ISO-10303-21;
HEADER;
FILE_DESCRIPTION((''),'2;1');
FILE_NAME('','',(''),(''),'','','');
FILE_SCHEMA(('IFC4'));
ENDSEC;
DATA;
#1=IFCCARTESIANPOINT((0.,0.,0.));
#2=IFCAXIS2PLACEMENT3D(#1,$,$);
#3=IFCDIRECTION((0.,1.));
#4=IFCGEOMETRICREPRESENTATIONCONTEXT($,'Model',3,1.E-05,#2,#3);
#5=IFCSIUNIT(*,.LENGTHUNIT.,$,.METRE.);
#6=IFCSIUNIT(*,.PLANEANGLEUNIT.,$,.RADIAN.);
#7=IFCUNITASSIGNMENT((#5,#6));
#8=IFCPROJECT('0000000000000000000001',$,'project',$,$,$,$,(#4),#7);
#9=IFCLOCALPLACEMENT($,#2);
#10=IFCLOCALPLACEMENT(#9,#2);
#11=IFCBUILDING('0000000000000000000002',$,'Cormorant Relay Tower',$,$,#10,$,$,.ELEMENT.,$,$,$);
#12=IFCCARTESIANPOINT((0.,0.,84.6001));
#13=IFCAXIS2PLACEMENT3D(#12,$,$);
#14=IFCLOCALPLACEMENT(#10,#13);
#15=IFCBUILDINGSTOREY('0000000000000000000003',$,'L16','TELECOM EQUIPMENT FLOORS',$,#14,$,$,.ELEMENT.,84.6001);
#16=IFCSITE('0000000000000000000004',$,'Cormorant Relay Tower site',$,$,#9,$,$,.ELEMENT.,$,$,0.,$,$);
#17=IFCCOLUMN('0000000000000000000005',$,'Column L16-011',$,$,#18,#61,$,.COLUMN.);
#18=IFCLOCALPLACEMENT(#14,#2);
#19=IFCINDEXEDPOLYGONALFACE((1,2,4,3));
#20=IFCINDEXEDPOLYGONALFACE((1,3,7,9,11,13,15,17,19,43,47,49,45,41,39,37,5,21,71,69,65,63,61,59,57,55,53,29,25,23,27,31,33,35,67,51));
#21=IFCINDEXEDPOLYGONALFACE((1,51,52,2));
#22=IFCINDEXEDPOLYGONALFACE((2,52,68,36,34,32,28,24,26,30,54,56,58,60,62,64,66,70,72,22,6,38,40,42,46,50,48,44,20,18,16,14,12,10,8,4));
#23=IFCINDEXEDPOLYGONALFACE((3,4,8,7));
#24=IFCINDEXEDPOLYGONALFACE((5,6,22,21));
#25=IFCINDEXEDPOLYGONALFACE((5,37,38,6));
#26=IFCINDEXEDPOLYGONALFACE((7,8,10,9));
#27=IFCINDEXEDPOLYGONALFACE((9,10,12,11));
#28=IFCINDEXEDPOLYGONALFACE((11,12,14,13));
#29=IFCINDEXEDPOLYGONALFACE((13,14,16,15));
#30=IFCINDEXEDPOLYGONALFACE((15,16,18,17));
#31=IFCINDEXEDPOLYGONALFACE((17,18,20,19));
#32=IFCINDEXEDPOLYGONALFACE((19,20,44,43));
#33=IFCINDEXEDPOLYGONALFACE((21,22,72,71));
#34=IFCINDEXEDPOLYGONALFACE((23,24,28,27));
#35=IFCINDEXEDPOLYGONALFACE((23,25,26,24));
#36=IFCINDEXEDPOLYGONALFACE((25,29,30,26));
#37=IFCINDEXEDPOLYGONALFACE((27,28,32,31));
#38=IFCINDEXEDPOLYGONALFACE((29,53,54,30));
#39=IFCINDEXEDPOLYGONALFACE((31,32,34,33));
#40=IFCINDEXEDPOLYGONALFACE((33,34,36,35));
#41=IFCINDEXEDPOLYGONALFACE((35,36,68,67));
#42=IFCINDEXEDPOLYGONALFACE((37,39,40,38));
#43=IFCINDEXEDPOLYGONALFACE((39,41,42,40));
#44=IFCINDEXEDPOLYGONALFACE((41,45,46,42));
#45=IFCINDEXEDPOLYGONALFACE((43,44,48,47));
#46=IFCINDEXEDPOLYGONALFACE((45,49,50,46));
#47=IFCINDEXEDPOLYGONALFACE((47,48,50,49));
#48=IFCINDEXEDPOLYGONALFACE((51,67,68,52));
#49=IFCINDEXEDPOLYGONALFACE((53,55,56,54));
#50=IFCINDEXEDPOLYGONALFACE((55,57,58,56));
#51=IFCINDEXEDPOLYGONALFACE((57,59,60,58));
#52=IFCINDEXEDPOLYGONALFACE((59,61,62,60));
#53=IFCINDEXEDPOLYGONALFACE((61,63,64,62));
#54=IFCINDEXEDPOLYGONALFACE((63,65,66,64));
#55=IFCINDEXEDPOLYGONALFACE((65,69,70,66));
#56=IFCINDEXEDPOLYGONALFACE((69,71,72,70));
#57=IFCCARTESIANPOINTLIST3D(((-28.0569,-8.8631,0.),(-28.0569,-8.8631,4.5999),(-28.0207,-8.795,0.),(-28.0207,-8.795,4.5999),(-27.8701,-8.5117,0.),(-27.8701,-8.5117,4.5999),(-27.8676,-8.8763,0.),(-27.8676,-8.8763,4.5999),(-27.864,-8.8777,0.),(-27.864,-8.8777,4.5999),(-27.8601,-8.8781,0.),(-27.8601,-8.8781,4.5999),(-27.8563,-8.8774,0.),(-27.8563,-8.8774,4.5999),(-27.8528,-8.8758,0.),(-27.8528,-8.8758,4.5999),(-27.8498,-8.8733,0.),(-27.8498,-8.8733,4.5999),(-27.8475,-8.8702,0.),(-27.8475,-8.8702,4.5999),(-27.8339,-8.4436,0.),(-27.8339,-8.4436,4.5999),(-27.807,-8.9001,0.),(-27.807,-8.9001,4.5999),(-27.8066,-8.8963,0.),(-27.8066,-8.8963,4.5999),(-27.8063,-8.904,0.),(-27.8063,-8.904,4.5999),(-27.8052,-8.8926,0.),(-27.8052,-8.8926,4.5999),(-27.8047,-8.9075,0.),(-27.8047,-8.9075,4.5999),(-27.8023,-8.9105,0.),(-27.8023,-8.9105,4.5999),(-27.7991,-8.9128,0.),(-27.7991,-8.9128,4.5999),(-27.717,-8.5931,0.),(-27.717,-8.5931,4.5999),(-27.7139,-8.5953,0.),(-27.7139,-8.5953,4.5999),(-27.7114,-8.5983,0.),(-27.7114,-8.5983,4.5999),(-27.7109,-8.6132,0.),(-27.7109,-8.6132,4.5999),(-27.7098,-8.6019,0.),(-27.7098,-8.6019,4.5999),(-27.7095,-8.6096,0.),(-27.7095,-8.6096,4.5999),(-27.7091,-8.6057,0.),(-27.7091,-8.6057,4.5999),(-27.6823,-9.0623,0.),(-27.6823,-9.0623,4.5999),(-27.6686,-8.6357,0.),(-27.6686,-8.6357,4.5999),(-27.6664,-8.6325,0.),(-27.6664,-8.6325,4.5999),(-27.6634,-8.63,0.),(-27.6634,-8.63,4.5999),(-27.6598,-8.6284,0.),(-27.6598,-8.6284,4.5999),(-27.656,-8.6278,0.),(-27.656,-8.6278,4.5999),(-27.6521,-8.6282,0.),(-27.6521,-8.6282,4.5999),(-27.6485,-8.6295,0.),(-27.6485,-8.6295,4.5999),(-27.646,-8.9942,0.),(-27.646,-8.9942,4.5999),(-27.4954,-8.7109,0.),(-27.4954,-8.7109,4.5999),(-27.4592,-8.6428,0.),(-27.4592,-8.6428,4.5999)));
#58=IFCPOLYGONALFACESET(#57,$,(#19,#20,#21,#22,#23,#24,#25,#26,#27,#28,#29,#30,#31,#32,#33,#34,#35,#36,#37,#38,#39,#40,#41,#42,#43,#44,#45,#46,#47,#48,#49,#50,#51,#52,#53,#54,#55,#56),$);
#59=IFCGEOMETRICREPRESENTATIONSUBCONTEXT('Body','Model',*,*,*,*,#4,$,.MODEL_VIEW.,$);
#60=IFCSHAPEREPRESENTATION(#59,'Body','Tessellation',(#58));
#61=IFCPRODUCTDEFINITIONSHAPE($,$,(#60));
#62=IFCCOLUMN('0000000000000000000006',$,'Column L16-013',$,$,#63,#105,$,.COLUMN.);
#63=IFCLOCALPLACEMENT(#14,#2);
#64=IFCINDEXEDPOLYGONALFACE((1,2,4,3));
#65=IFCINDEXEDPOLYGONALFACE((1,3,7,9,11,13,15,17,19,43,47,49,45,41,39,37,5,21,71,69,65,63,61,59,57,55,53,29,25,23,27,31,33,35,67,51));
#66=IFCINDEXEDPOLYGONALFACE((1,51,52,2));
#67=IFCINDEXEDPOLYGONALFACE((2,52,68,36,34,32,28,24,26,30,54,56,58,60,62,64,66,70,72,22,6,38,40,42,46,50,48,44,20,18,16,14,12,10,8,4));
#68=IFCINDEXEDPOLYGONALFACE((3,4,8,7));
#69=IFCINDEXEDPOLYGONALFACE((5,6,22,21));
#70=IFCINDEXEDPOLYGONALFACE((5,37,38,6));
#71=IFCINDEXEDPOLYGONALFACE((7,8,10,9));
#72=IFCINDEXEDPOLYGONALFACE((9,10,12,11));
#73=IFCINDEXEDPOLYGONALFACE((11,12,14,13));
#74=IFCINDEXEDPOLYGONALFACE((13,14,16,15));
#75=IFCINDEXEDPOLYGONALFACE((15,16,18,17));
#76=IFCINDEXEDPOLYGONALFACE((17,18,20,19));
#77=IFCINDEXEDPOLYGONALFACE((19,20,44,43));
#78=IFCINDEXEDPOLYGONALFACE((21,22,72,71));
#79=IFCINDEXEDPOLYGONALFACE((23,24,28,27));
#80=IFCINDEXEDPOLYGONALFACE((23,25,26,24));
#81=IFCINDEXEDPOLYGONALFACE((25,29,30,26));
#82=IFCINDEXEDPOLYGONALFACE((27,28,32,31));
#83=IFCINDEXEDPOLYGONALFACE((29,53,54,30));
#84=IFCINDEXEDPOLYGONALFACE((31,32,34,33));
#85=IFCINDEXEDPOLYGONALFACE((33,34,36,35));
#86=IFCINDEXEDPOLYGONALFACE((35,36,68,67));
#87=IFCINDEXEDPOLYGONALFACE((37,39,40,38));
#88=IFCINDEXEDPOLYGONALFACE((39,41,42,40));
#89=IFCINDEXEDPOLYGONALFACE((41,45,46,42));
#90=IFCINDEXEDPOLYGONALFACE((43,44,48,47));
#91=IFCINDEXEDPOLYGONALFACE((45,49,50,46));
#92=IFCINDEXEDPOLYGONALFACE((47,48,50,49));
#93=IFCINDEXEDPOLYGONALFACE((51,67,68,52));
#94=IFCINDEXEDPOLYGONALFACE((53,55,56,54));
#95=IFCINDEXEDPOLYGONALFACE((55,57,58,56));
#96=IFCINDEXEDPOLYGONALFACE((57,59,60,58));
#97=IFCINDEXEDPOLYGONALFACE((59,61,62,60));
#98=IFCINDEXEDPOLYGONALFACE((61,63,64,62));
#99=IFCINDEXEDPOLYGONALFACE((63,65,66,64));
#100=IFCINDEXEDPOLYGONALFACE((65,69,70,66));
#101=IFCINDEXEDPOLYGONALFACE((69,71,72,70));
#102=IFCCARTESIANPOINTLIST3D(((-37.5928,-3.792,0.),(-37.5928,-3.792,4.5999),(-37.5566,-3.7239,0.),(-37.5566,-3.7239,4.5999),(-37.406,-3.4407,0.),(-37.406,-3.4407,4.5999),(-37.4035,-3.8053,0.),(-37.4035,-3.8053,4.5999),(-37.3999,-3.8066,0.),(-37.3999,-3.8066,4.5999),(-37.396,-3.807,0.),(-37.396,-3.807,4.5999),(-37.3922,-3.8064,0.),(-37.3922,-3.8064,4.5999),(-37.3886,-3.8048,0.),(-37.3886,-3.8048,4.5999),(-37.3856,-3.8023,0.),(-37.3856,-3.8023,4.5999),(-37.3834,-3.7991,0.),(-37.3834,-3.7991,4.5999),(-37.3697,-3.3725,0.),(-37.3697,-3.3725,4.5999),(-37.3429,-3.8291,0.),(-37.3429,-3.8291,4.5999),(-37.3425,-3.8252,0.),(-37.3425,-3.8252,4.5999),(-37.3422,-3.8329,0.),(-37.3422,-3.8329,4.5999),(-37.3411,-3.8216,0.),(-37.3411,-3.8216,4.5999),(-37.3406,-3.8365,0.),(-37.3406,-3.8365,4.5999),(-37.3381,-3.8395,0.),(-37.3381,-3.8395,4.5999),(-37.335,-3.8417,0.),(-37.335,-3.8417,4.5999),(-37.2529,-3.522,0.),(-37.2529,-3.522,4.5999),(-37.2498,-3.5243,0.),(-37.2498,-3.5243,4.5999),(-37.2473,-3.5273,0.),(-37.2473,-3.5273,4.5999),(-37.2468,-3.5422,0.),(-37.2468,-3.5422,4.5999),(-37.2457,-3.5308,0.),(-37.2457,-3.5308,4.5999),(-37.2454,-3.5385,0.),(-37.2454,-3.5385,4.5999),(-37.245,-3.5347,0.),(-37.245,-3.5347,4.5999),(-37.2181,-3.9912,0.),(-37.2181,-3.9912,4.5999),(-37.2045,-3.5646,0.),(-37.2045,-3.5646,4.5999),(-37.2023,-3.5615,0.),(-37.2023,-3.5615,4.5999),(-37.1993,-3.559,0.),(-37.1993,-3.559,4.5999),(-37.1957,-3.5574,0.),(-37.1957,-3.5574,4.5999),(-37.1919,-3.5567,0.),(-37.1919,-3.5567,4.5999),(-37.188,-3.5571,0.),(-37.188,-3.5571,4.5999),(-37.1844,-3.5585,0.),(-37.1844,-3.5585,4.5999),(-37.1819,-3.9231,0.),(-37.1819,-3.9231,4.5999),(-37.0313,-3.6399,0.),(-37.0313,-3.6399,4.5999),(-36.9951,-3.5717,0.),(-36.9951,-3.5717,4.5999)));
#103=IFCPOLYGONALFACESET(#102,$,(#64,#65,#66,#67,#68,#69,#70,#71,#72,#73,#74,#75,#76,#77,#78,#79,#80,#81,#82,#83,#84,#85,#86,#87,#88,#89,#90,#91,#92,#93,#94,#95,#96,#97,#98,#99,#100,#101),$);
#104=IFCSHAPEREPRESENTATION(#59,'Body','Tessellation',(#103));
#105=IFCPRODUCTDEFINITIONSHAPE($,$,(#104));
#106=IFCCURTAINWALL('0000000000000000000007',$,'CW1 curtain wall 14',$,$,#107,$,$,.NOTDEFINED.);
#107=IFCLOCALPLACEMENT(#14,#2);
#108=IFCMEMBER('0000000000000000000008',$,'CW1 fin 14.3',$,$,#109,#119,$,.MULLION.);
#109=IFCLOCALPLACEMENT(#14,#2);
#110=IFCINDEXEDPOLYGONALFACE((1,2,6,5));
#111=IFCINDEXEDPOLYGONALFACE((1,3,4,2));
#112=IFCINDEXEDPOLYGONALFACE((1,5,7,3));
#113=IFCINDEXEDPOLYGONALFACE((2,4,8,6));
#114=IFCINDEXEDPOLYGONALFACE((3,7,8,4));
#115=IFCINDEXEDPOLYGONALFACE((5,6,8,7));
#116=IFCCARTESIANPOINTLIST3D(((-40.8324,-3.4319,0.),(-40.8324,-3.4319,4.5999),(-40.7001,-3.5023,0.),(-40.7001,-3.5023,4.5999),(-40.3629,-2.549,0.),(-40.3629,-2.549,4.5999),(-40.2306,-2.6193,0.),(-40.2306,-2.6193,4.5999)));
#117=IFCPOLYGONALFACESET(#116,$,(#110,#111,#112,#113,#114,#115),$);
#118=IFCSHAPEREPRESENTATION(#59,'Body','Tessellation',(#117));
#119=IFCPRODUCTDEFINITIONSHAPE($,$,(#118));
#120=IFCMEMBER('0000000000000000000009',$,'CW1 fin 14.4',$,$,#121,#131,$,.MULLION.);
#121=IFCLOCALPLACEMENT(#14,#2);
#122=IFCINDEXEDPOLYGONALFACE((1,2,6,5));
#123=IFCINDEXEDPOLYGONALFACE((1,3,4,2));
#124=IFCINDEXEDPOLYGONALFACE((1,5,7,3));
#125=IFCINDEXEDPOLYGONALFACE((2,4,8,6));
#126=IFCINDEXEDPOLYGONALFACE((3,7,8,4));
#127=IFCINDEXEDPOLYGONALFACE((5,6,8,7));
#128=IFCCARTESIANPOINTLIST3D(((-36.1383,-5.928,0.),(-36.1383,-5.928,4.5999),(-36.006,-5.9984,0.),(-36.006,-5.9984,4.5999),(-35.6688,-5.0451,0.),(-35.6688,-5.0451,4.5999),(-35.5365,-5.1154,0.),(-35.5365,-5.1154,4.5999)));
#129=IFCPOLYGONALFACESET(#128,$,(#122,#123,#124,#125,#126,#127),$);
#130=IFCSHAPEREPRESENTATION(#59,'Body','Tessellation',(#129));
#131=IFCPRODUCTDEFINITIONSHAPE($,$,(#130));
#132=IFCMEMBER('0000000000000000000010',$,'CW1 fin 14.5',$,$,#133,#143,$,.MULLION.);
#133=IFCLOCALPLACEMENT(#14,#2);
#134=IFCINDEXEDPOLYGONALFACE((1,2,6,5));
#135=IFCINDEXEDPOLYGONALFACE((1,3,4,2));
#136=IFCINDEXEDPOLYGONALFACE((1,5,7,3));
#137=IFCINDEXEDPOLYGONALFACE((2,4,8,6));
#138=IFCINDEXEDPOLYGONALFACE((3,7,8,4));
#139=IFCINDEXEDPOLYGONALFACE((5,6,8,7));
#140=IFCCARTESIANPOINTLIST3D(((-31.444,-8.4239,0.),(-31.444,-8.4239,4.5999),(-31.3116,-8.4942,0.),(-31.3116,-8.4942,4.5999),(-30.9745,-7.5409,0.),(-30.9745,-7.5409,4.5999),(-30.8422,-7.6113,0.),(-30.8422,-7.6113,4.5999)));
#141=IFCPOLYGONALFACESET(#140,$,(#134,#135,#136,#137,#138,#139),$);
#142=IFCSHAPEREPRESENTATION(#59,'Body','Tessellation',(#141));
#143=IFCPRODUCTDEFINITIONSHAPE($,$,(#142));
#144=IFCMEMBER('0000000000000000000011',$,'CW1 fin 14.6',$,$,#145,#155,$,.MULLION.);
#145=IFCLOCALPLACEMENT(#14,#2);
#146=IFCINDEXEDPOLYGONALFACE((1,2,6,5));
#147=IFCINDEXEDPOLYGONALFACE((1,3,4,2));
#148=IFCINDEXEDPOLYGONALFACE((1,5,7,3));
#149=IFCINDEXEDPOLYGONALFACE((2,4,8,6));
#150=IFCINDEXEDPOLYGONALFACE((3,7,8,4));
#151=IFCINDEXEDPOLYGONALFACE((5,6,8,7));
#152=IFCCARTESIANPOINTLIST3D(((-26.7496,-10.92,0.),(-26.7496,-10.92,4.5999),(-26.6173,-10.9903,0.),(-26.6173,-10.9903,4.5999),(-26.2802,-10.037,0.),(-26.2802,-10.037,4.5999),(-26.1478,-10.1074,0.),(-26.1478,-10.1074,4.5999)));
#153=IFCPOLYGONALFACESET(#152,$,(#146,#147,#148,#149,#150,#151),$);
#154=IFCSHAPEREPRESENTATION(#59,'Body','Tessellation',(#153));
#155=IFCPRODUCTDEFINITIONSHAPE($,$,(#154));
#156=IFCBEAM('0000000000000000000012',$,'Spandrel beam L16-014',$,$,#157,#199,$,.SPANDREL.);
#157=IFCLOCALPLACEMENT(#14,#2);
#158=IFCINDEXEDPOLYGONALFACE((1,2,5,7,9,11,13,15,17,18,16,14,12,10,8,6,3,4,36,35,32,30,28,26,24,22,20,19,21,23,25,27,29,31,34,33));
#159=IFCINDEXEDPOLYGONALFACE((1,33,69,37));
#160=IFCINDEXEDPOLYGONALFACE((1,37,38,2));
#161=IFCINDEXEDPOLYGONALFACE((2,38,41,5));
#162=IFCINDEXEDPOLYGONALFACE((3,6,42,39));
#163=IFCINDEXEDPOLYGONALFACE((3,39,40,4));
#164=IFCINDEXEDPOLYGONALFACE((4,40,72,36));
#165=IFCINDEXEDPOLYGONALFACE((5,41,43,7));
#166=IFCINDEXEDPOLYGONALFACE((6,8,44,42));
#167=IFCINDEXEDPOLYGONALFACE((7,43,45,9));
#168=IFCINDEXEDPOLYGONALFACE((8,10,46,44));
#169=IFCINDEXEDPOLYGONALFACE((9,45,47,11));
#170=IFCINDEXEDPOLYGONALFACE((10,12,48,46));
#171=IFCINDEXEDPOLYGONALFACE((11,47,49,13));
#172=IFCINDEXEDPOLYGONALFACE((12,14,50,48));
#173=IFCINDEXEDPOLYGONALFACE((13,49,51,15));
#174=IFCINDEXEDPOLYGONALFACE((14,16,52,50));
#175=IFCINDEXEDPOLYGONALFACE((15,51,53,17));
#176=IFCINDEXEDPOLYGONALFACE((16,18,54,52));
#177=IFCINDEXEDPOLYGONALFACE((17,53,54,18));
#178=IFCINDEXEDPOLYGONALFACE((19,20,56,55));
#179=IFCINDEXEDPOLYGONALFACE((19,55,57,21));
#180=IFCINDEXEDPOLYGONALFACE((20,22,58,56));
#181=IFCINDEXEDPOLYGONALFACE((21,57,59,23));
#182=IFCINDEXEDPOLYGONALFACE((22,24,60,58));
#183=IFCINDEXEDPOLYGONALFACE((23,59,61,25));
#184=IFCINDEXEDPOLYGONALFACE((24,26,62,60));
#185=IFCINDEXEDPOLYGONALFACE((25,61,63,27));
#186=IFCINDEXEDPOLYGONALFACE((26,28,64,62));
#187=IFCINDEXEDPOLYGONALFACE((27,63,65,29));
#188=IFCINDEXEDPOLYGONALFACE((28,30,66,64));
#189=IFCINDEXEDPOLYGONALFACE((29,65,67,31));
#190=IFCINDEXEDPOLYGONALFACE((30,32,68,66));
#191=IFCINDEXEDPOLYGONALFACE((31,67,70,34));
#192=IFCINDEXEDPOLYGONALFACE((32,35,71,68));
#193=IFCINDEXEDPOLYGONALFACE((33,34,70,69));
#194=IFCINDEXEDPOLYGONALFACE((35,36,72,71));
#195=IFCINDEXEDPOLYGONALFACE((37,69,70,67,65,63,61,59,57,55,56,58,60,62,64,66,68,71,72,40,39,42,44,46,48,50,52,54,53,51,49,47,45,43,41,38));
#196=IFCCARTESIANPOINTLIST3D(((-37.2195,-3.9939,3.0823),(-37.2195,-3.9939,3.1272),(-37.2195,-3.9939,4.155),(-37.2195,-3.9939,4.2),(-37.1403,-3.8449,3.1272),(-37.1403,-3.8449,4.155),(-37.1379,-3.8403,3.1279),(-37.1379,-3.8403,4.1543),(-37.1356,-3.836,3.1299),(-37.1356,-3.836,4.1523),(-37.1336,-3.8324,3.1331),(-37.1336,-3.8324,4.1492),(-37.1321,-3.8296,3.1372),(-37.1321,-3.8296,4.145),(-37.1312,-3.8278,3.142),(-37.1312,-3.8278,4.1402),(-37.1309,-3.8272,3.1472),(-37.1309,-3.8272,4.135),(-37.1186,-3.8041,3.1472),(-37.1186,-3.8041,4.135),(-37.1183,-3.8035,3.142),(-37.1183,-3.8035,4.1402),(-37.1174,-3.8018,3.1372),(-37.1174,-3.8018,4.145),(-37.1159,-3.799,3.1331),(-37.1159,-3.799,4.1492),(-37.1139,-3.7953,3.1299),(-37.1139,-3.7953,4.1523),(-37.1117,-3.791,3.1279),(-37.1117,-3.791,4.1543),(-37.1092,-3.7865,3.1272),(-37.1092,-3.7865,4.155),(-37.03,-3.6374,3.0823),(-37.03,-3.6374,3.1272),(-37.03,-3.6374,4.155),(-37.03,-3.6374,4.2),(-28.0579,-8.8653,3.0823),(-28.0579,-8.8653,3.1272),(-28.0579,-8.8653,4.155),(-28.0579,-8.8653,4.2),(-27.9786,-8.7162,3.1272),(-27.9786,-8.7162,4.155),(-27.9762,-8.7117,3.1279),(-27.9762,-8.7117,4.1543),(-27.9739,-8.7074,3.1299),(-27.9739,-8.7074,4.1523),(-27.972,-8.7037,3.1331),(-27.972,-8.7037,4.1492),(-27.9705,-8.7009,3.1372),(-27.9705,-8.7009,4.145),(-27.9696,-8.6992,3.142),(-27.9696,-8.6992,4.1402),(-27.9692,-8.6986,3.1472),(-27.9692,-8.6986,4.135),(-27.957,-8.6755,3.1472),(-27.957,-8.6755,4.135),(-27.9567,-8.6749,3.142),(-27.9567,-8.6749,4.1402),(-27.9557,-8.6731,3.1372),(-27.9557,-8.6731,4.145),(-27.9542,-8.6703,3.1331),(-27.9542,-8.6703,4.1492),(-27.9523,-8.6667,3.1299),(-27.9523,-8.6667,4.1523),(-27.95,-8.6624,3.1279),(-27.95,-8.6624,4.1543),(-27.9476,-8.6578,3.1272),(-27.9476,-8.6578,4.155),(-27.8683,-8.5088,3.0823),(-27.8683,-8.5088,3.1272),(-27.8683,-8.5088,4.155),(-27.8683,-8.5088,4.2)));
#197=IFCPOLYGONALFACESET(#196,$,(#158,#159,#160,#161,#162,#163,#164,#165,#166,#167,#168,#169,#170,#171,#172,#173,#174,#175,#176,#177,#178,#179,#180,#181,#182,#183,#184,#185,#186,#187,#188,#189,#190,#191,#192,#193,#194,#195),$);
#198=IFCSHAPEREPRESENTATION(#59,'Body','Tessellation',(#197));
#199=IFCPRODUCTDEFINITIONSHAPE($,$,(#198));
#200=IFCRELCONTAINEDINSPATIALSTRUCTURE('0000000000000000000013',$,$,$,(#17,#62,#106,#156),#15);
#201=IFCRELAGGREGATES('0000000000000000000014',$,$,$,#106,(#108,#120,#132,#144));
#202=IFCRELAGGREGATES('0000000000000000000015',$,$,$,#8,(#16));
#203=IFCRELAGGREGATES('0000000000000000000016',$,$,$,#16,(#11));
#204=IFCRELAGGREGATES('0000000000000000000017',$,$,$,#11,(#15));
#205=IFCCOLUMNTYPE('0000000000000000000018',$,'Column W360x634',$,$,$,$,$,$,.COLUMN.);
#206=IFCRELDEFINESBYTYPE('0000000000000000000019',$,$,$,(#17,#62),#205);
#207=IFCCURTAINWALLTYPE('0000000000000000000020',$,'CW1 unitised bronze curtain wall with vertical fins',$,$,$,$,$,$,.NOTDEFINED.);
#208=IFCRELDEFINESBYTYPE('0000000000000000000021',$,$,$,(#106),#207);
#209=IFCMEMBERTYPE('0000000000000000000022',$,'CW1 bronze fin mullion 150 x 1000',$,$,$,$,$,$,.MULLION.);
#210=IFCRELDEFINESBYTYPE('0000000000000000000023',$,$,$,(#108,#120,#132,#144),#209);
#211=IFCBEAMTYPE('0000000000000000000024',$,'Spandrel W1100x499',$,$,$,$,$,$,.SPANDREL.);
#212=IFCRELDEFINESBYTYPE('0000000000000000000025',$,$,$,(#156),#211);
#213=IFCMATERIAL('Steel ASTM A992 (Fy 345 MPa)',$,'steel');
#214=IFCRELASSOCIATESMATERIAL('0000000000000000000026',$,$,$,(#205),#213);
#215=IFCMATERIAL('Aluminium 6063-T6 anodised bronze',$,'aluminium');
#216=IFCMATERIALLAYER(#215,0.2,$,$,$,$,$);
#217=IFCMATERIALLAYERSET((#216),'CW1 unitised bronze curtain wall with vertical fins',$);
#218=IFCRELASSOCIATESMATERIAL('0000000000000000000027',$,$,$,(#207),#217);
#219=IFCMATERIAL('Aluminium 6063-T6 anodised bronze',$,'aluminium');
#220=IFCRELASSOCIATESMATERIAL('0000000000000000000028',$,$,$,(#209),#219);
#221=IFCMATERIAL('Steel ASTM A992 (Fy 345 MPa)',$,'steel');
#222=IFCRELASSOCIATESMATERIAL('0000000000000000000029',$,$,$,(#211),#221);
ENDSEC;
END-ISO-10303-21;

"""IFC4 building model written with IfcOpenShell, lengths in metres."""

from ifc_helpers import new_model, si_unit, direction, frame, origin, origin_2d, place, context, subcontext, project, spatial, rectangle, i_section, extrude, material, layer, layer_set, material_profile, profile_set, type_object, element, aggregate, save


model = new_model("IFC4")

# Units and contexts
model_context = context("Model", 3, precision=1e-05, world=origin(), true_north=direction((0.0, 1.0)))
body_context = subcontext(model_context, "Body", "Model", "MODEL_VIEW")
ifc_project = project(units=[si_unit("LENGTHUNIT", "METRE"), si_unit("PLANEANGLEUNIT", "RADIAN")], contexts=[model_context])

# Site, building, storey
site_placement = place(None, origin())
site = spatial("IfcSite", under=ifc_project, at=site_placement, Name="Cormorant Relay Tower site", CompositionType="ELEMENT", RefElevation=0.0)
building_placement = place(site_placement, origin())
building = spatial("IfcBuilding", under=site, at=building_placement, Name="Cormorant Relay Tower", CompositionType="ELEMENT")
storey_placement = place(building_placement, frame((0.0, 0.0, 84.6001)))
storey = spatial("IfcBuildingStorey", under=building, at=storey_placement, Name="L16", Description="TELECOM EQUIPMENT FLOORS", CompositionType="ELEMENT", Elevation=84.6001)

# Columns
ifc_material_1 = material(Name="Steel ASTM A992 (Fy 345 MPa)", Category="steel")
ifc_material_profile_1 = material_profile(ifc_material_1, i_section(OverallWidth=0.4243, OverallDepth=0.4751, WebThickness=0.0479, FlangeThickness=0.0771, FilletRadius=0.0149, at=origin_2d()), Name="W360x634")
ifc_profile_set_1 = profile_set([ifc_material_profile_1], Name="Steel ASTM A992 (Fy 345 MPa)")
column_type = type_object("IfcColumnType", Name="Column W360x634", PredefinedType="COLUMN", material=ifc_profile_set_1)
for number, where, z_axis, x_axis, name in (
    (1, (-27.7581, -8.7529, 0.0), (0.0, 0.0, 1.0), (0.882948, -0.469472, 0.0), "Column L16-011"),
    (2, (-37.2939, -3.6819, 0.0), (0.0, 0.0, 1.0), (0.882948, -0.469472, 0.0), "Column L16-013"),
):
    element("IfcColumn", number, at=place(storey_placement, frame(where, z_axis=z_axis, x_axis=x_axis)), inside=storey, type_object=column_type, Name=name, PredefinedType="COLUMN", context=body_context, shape_type="SweptSolid", body=[
        extrude(i_section(OverallWidth=0.4243, OverallDepth=0.4751, WebThickness=0.0479, FlangeThickness=0.0771, FilletRadius=0.0149, at=origin_2d()), origin(), (0.0, 0.0, 1.0), 4.5999),
    ])

# Curtain wall, members
ifc_material_2 = material(Name="Aluminium 6063-T6 anodised bronze", Category="aluminium")
ifc_layer_1 = layer(ifc_material_2, 0.2)
ifc_layer_set_1 = layer_set([ifc_layer_1], Name="CW1 unitised bronze curtain wall with vertical fins")
curtain_wall_type = type_object("IfcCurtainWallType", Name="CW1 unitised bronze curtain wall with vertical fins", PredefinedType="NOTDEFINED", material=ifc_layer_set_1)
curtain_wall_placement = place(storey_placement, origin())
curtain_wall = element("IfcCurtainWall", 3, at=curtain_wall_placement, inside=storey, type_object=curtain_wall_type, Name="CW1 curtain wall 14", PredefinedType="NOTDEFINED")
ifc_material_3 = material(Name="Aluminium 6063-T6 anodised bronze", Category="aluminium")
ifc_material_profile_2 = material_profile(ifc_material_3, rectangle(XDim=0.1499, YDim=1.0, at=origin_2d()), Name="AL 150x1000")
ifc_profile_set_2 = profile_set([ifc_material_profile_2], Name="Aluminium 6063-T6 anodised bronze")
member_type = type_object("IfcMemberType", Name="CW1 bronze fin mullion 150 x 1000", PredefinedType="MULLION", material=ifc_profile_set_2)
member_1_placement = place(storey_placement, frame((-40.5315, -3.0256, 0.0), z_axis=(0.0, 0.0, 1.0), x_axis=(0.882948, -0.469472, 0.0)))
member_1 = element("IfcMember", 4, at=member_1_placement, type_object=member_type, Name="CW1 fin 14.3", PredefinedType="MULLION", context=body_context, shape_type="SweptSolid", body=[
    extrude(rectangle(XDim=0.1499, YDim=1.0, at=origin_2d()), origin(), (0.0, 0.0, 1.0), 4.5999),
])
member_2_placement = place(storey_placement, frame((-35.8374, -5.5217, 0.0), z_axis=(0.0, 0.0, 1.0), x_axis=(0.882948, -0.469472, 0.0)))
member_2 = element("IfcMember", 5, at=member_2_placement, type_object=member_type, Name="CW1 fin 14.4", PredefinedType="MULLION", context=body_context, shape_type="SweptSolid", body=[
    extrude(rectangle(XDim=0.1499, YDim=1.0, at=origin_2d()), origin(), (0.0, 0.0, 1.0), 4.5999),
])
member_3_placement = place(storey_placement, frame((-31.1431, -8.0176, 0.0), z_axis=(0.0, 0.0, 1.0), x_axis=(0.882948, -0.469472, 0.0)))
member_3 = element("IfcMember", 6, at=member_3_placement, type_object=member_type, Name="CW1 fin 14.5", PredefinedType="MULLION", context=body_context, shape_type="SweptSolid", body=[
    extrude(rectangle(XDim=0.1499, YDim=1.0, at=origin_2d()), origin(), (0.0, 0.0, 1.0), 4.5999),
])
member_4_placement = place(storey_placement, frame((-26.4487, -10.5137, 0.0), z_axis=(0.0, 0.0, 1.0), x_axis=(0.882948, -0.469472, 0.0)))
member_4 = element("IfcMember", 7, at=member_4_placement, type_object=member_type, Name="CW1 fin 14.6", PredefinedType="MULLION", context=body_context, shape_type="SweptSolid", body=[
    extrude(rectangle(XDim=0.1499, YDim=1.0, at=origin_2d()), origin(), (0.0, 0.0, 1.0), 4.5999),
])

# Beam
ifc_material_4 = material(Name="Steel ASTM A992 (Fy 345 MPa)", Category="steel")
ifc_material_profile_3 = material_profile(ifc_material_4, i_section(OverallWidth=0.4038, OverallDepth=1.1177, WebThickness=0.0261, FlangeThickness=0.0449, FilletRadius=0.02, at=origin_2d()), Name="W1100x499")
ifc_profile_set_3 = profile_set([ifc_material_profile_3], Name="Steel ASTM A992 (Fy 345 MPa)")
beam_type_1 = type_object("IfcBeamType", Name="Spandrel W1100x499", PredefinedType="SPANDREL", material=ifc_profile_set_3)
beam_1_placement = place(storey_placement, frame((-37.1248, -3.8157, 3.6411), z_axis=(0.882947, -0.469473, 0.0), x_axis=(0.469473, 0.882947, 0.0)))
element("IfcBeam", 8, at=beam_1_placement, inside=storey, type_object=beam_type_1, Name="Spandrel beam L16-014", PredefinedType="SPANDREL", context=body_context, shape_type="SweptSolid", body=[
    extrude(i_section(OverallWidth=0.4038, OverallDepth=1.1177, WebThickness=0.0261, FlangeThickness=0.0449, FilletRadius=0.02, at=origin_2d()), origin(), (0.0, 0.0, 1.0), 10.3762),
])

aggregate(curtain_wall, [member_1, member_2, member_3, member_4])

save(model, "model.ifc")
